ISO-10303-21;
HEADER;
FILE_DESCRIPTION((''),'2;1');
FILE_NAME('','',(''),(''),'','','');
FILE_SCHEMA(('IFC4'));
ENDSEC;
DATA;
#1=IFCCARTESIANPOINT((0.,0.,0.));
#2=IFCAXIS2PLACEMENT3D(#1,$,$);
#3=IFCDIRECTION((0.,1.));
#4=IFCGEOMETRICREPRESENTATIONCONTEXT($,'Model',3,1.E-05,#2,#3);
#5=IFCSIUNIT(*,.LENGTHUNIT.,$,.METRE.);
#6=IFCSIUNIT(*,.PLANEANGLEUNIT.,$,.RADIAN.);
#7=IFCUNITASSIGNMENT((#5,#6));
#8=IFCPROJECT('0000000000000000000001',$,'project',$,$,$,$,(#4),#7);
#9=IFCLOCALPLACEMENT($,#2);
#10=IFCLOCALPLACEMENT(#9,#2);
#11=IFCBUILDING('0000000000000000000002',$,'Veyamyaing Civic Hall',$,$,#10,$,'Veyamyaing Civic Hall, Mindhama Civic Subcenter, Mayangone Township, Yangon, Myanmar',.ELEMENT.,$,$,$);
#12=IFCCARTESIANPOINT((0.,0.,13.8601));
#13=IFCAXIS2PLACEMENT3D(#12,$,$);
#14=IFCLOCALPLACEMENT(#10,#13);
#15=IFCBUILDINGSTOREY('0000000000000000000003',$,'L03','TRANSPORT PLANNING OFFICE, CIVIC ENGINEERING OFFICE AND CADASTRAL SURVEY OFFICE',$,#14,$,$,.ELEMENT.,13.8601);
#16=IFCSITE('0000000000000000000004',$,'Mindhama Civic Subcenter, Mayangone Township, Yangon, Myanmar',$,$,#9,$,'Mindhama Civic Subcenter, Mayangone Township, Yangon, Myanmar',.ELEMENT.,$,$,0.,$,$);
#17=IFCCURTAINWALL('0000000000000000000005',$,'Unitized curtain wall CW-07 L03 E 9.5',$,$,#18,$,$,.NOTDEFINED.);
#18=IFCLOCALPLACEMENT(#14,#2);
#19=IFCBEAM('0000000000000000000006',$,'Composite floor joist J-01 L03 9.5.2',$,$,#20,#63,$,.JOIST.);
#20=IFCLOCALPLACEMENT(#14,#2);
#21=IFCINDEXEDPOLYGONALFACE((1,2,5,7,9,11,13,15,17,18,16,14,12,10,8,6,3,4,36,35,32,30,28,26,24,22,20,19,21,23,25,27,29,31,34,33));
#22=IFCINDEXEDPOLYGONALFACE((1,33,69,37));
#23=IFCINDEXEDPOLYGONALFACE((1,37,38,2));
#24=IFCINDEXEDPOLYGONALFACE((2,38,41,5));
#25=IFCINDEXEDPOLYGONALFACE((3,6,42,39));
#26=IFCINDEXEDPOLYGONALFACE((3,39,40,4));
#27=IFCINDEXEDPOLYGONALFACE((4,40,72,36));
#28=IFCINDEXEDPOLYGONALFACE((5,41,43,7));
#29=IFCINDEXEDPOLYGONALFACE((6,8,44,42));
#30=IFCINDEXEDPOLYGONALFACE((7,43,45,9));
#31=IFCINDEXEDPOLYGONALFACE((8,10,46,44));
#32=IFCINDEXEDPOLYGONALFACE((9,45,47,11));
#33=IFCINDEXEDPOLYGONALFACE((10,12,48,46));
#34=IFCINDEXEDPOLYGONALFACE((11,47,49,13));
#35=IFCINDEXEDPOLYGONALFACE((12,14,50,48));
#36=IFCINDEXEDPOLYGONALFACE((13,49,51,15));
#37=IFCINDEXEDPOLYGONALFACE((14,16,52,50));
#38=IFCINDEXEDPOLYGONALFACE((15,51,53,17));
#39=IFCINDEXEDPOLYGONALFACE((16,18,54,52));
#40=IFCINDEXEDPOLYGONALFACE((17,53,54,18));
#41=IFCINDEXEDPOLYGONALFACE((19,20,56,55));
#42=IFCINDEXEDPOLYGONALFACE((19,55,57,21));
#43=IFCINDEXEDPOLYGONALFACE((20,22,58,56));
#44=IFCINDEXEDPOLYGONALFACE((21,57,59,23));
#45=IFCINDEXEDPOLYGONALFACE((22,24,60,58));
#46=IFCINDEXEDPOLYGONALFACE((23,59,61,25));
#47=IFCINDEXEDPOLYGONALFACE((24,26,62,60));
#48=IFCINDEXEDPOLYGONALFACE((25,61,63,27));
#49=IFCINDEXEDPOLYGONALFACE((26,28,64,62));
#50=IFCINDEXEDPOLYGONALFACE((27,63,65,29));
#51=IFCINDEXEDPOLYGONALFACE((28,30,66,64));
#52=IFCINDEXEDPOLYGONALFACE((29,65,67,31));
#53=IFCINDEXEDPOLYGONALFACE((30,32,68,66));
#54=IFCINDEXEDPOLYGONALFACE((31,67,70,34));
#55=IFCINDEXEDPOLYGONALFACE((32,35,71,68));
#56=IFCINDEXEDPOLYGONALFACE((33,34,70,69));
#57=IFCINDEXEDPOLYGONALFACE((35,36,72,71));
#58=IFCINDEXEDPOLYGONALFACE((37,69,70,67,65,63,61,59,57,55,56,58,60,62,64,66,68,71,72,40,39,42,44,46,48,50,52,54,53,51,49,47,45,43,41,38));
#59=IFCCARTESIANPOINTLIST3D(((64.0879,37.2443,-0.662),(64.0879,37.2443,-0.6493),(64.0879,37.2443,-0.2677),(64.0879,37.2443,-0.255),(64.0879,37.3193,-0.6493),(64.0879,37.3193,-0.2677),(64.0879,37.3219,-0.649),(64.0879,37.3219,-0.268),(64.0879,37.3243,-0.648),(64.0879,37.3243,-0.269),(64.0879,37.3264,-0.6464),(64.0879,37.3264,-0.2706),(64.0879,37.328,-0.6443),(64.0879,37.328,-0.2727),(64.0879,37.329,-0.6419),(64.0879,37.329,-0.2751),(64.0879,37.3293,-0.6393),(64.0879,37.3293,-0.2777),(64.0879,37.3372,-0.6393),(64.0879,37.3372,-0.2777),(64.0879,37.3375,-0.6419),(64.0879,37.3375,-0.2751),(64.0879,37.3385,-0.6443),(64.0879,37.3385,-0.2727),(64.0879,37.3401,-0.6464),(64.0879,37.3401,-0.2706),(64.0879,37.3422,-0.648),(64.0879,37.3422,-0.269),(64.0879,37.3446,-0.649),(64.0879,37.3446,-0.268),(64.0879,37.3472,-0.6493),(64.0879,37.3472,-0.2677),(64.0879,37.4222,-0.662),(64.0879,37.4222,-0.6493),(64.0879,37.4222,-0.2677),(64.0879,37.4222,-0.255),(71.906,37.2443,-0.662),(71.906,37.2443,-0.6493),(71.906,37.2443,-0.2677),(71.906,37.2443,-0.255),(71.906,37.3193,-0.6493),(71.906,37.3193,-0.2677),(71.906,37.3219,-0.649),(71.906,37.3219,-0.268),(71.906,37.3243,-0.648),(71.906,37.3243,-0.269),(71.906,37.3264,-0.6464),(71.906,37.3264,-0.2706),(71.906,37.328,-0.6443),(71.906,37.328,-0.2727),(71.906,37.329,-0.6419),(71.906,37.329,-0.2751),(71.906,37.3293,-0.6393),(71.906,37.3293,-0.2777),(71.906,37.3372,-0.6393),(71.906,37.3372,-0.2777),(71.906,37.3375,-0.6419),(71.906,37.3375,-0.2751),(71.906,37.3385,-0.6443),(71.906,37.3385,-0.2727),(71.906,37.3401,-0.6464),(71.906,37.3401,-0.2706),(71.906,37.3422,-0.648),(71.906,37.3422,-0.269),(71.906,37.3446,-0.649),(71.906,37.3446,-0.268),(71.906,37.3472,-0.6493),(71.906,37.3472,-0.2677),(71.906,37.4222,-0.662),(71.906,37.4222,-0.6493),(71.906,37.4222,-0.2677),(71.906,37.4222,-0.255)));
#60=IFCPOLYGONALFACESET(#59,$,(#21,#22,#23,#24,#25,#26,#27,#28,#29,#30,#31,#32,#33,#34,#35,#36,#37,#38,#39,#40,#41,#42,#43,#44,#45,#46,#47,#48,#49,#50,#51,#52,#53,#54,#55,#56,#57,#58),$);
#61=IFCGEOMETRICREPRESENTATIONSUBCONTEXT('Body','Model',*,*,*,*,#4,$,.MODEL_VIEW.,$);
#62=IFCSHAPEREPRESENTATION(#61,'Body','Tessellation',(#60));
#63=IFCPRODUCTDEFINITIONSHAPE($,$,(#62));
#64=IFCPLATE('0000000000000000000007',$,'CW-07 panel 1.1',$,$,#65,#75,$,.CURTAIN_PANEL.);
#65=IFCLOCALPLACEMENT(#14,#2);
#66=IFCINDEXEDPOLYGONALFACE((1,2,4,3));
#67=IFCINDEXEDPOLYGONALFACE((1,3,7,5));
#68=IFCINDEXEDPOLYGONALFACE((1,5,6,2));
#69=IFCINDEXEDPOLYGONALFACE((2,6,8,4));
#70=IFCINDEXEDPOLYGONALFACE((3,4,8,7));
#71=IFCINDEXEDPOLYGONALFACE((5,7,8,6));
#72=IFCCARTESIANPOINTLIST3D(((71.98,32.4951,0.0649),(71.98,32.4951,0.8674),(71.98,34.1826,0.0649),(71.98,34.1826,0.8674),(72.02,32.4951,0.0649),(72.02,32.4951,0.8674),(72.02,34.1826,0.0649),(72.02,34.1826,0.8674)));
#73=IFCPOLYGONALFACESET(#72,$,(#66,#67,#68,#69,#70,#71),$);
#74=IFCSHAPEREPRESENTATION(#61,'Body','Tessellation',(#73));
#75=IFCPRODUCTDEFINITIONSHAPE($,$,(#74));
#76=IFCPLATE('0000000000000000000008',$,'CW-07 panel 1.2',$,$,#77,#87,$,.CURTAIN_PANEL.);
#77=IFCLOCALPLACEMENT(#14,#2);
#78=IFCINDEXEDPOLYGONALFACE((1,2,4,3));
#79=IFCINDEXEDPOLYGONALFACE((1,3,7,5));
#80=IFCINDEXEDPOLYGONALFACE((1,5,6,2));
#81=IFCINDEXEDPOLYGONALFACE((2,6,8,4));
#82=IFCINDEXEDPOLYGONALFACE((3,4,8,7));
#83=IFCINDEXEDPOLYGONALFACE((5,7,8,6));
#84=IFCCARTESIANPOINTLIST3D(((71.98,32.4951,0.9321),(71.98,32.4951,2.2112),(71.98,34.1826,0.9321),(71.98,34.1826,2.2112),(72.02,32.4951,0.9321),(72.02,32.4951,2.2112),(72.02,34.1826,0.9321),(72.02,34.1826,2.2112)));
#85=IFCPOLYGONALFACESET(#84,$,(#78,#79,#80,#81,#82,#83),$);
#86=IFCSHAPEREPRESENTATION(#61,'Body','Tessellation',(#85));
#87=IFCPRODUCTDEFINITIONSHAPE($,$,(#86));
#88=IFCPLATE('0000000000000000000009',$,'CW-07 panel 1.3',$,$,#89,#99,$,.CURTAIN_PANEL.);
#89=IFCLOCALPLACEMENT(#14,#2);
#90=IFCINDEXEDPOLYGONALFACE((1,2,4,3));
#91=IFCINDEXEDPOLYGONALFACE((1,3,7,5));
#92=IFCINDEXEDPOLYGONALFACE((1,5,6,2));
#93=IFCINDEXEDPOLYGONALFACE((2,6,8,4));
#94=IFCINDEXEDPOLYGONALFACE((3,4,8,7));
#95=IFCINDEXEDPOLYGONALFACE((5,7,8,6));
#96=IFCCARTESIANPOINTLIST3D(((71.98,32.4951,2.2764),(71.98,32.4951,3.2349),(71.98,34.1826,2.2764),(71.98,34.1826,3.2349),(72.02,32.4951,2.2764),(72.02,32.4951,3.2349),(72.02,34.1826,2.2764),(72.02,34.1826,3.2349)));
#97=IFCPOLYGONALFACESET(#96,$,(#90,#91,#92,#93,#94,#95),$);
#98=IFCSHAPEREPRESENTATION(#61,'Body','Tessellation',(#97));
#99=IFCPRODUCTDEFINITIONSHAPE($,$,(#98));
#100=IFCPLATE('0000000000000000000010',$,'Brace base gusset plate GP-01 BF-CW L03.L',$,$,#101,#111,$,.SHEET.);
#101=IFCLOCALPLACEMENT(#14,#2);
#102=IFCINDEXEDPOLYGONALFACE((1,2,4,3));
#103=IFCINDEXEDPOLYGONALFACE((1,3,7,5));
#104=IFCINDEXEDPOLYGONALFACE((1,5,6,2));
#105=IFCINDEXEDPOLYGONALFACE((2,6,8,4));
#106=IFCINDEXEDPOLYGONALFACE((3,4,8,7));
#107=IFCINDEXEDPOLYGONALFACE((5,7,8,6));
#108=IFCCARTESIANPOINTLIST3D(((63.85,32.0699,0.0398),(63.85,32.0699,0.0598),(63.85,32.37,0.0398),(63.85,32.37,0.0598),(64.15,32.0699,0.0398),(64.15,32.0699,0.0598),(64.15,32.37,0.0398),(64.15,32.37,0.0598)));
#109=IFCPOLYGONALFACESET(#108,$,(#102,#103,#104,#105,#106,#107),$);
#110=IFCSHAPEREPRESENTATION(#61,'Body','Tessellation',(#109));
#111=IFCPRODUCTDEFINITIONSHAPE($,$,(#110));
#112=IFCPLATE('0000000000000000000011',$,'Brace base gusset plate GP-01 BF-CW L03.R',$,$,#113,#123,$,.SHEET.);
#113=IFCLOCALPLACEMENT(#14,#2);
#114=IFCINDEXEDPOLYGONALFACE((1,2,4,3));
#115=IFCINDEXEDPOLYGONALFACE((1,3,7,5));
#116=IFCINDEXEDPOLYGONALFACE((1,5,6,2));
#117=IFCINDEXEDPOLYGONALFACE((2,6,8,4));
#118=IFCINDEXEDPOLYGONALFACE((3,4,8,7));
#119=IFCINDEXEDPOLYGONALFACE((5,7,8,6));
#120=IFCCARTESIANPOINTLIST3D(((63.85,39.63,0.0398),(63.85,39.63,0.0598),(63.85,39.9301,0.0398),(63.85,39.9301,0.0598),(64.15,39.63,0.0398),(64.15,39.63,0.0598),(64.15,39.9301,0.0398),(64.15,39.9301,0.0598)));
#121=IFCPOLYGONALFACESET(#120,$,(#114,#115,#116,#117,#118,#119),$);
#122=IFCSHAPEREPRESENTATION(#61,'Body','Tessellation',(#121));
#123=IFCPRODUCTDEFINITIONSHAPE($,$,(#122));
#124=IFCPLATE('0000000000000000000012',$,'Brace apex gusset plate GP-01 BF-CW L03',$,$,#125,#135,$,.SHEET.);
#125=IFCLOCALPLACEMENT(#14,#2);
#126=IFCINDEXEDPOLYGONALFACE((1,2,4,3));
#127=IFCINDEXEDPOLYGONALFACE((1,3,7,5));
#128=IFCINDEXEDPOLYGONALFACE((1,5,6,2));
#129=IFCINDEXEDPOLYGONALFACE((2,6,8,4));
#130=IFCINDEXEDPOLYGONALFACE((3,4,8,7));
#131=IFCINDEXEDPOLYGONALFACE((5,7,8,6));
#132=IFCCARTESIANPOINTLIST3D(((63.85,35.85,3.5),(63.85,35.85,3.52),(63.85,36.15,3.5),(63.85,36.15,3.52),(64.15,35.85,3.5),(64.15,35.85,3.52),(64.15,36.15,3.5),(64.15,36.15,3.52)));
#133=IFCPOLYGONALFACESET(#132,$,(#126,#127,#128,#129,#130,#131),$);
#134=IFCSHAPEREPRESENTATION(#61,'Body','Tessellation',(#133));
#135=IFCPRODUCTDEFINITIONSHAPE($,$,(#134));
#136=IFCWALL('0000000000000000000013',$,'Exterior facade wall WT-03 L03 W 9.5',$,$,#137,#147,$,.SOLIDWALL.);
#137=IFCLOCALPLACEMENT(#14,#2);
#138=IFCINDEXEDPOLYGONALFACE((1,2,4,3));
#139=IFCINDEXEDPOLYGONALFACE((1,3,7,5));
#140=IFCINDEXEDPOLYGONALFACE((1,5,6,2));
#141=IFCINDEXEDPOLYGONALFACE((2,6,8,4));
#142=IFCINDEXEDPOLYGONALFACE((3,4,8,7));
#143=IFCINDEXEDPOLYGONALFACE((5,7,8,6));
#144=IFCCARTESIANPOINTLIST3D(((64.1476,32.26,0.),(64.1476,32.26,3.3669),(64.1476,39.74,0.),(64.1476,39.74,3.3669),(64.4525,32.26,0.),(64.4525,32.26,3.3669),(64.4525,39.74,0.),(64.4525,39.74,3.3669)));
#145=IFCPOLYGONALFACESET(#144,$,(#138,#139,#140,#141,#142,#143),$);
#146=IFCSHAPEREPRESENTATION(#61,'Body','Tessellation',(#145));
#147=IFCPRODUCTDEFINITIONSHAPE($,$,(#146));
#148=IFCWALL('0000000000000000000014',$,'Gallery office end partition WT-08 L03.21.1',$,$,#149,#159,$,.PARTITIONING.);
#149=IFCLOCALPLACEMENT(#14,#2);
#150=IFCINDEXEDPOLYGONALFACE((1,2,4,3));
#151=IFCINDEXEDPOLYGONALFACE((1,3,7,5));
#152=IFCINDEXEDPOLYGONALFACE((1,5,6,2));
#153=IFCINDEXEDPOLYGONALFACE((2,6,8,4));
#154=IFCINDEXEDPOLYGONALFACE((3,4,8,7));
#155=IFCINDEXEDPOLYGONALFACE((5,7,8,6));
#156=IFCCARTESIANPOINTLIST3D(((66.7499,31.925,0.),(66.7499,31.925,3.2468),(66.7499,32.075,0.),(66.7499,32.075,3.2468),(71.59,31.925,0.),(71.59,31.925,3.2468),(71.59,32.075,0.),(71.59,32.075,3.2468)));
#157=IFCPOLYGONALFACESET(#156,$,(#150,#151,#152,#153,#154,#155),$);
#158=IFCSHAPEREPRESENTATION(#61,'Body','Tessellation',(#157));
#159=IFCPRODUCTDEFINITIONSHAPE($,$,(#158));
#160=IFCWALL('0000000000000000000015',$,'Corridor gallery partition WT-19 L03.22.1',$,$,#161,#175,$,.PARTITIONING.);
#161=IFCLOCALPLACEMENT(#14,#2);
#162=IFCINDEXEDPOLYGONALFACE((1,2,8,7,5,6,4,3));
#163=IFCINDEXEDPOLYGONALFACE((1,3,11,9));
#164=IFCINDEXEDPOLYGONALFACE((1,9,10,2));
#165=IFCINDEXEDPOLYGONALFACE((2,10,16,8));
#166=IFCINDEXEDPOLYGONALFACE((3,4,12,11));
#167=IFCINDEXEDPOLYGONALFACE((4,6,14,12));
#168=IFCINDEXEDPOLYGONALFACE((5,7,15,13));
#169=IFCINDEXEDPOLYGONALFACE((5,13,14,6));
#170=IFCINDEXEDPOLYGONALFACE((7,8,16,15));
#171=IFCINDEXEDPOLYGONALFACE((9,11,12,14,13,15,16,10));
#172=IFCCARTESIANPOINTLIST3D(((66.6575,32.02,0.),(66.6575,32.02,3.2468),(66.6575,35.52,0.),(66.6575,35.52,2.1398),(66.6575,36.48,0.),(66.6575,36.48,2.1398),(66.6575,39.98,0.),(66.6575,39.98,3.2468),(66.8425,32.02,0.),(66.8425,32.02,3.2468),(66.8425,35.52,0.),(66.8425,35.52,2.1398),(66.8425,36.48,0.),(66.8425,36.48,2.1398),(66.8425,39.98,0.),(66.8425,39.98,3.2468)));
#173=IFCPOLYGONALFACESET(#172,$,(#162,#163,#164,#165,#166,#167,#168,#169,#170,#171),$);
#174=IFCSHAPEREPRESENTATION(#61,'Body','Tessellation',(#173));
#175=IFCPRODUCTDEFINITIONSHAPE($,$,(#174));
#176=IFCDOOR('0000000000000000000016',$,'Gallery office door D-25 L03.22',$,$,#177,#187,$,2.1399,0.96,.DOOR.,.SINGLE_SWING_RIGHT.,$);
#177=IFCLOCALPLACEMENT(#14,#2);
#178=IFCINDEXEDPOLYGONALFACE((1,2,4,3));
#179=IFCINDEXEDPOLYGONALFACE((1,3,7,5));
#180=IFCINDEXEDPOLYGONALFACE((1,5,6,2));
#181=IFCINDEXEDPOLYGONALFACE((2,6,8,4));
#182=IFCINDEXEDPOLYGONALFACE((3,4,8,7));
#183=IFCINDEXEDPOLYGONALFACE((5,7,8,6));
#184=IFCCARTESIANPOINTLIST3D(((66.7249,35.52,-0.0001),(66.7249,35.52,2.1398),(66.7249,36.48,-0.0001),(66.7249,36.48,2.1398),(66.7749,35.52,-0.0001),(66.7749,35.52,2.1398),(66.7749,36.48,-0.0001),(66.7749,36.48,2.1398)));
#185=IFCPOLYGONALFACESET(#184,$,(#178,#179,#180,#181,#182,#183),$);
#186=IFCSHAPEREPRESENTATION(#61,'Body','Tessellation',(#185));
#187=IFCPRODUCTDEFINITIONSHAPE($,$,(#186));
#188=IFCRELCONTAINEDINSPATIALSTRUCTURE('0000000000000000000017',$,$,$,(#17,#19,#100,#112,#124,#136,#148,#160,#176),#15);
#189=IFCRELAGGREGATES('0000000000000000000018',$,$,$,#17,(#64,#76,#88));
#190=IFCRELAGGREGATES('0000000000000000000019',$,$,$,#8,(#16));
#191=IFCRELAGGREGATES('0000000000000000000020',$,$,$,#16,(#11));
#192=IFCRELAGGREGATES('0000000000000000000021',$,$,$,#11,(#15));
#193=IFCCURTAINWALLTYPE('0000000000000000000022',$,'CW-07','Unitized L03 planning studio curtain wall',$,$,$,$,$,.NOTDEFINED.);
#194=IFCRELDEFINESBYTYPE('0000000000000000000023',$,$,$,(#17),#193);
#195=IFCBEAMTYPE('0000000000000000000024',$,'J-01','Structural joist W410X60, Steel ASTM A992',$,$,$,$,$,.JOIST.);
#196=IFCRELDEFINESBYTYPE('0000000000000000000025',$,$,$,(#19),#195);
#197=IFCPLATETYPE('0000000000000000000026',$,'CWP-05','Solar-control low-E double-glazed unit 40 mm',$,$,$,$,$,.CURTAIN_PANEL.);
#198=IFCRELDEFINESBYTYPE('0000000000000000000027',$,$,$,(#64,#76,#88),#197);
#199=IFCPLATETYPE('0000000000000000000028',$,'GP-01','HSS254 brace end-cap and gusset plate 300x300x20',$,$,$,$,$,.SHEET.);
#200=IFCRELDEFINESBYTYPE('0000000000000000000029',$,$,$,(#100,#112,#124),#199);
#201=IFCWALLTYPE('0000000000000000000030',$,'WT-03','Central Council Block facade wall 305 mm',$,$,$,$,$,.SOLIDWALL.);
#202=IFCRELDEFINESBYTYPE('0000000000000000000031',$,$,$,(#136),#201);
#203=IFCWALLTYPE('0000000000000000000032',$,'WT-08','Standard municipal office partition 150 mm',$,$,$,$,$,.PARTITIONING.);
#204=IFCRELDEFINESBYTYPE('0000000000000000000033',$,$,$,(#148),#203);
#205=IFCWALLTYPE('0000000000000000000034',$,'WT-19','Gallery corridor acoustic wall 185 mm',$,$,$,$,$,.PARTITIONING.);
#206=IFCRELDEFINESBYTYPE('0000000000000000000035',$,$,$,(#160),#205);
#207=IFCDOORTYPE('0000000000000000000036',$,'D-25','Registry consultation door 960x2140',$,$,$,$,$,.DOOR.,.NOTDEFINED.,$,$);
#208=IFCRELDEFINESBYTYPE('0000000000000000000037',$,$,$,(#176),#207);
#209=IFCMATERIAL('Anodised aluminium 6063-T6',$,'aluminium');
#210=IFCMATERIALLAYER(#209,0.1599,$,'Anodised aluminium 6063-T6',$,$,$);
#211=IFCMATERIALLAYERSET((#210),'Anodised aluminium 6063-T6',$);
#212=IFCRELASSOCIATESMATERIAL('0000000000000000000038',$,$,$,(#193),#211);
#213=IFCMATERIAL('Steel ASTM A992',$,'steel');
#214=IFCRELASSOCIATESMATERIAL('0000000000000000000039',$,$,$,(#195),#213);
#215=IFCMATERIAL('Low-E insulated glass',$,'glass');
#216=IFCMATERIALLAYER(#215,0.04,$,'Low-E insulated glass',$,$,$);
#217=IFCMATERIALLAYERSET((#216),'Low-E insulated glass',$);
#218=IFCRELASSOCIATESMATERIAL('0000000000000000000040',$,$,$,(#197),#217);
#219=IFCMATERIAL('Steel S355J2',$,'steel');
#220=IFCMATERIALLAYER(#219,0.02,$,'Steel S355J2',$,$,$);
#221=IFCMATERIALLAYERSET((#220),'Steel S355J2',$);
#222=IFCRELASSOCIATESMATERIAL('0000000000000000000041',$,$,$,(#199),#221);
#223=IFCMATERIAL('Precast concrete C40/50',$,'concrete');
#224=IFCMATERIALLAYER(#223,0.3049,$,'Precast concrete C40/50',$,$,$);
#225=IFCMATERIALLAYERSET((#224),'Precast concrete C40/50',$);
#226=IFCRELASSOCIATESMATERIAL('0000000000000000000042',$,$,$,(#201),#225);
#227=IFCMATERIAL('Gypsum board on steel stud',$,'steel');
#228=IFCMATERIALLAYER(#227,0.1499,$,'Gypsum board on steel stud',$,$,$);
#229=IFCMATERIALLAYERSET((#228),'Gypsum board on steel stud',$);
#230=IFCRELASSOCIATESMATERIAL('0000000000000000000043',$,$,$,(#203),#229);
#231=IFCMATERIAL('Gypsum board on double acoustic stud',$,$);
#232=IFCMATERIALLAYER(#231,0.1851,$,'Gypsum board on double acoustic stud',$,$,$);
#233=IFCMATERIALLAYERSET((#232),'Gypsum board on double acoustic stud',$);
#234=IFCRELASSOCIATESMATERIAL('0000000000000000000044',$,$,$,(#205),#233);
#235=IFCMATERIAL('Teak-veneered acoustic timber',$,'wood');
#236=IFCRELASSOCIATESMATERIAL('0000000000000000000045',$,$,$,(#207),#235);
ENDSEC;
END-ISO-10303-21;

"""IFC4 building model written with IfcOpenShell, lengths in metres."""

from ifc_helpers import new_model, si_unit, direction, frame, frame_2d, origin, origin_2d, place, context, subcontext, project, spatial, rectangle, i_section, extrude, material, layer, layer_set, material_profile, profile_set, type_object, element, fill, aggregate, save


model = new_model("IFC4")

# Units and contexts
model_context = context("Model", 3, precision=1e-05, world=origin(), true_north=direction((0.0, 1.0)))
body_context = subcontext(model_context, "Body", "Model", "MODEL_VIEW")
ifc_project = project(units=[si_unit("LENGTHUNIT", "METRE"), si_unit("PLANEANGLEUNIT", "RADIAN")], contexts=[model_context])

# Site, building, storey
site_placement = place(None, origin())
site = spatial("IfcSite", under=ifc_project, at=site_placement, Name="Mindhama Civic Subcenter, Mayangone Township, Yangon, Myanmar", LongName="Mindhama Civic Subcenter, Mayangone Township, Yangon, Myanmar", CompositionType="ELEMENT", RefElevation=0.0)
building_placement = place(site_placement, origin())
building = spatial("IfcBuilding", under=site, at=building_placement, Name="Veyamyaing Civic Hall", LongName="Veyamyaing Civic Hall, Mindhama Civic Subcenter, Mayangone Township, Yangon, Myanmar", CompositionType="ELEMENT")
storey_placement = place(building_placement, frame((0.0, 0.0, 13.8601)))
storey = spatial("IfcBuildingStorey", under=building, at=storey_placement, Name="L03", Description="TRANSPORT PLANNING OFFICE, CIVIC ENGINEERING OFFICE AND CADASTRAL SURVEY OFFICE", CompositionType="ELEMENT", Elevation=13.8601)

# Shared definitions
ifc_material_1 = material(Name="Steel ASTM A992", Category="steel")

# Shared definitions
ifc_material_2 = material(Name="Steel S355J2", Category="steel")

# Curtain wall
ifc_material_3 = material(Name="Anodised aluminium 6063-T6", Category="aluminium")
ifc_layer_1 = layer(ifc_material_3, 0.1599, Name="Anodised aluminium 6063-T6")
ifc_layer_set_1 = layer_set([ifc_layer_1], Name="Anodised aluminium 6063-T6")
curtain_wall_type_1 = type_object("IfcCurtainWallType", Name="CW-07", Description="Unitized L03 planning studio curtain wall", PredefinedType="NOTDEFINED", material=ifc_layer_set_1)
curtain_wall_1_placement = place(storey_placement, origin())
curtain_wall_1 = element("IfcCurtainWall", 1, at=curtain_wall_1_placement, inside=storey, type_object=curtain_wall_type_1, Name="Unitized curtain wall CW-07 L03 E 9.5", PredefinedType="NOTDEFINED")

# Beam
ifc_material_profile_1 = material_profile(ifc_material_1, i_section(OverallWidth=0.178, OverallDepth=0.407, WebThickness=0.0078, FlangeThickness=0.0127, FilletRadius=0.01, at=origin_2d()), Name="W410X60")
ifc_profile_set_1 = profile_set([ifc_material_profile_1], Name="Steel ASTM A992")
beam_type_1 = type_object("IfcBeamType", Name="J-01", Description="Structural joist W410X60, Steel ASTM A992", PredefinedType="JOIST", material=ifc_profile_set_1)
for number, where, z_axis, x_axis, name in (
    (2, (64.0879, 37.3333, -0.4585), (1.0, 0.0, 0.0), (0.0, 1.0, 0.0), "Composite floor joist J-01 L03 9.5.2"),
):
    element("IfcBeam", number, at=place(storey_placement, frame(where, z_axis=z_axis, x_axis=x_axis)), inside=storey, type_object=beam_type_1, Name=name, PredefinedType="JOIST", context=body_context, shape_type="SweptSolid", body=[
        extrude(i_section(OverallWidth=0.178, OverallDepth=0.407, WebThickness=0.0078, FlangeThickness=0.0127, FilletRadius=0.01, at=origin_2d()), origin(), (0.0, 0.0, 1.0), 7.8181),
    ])

# Plates
ifc_material_4 = material(Name="Low-E insulated glass", Category="glass")
ifc_layer_2 = layer(ifc_material_4, 0.04, Name="Low-E insulated glass")
ifc_layer_set_2 = layer_set([ifc_layer_2], Name="Low-E insulated glass")
plate_type_1 = type_object("IfcPlateType", Name="CWP-05", Description="Solar-control low-E double-glazed unit 40 mm", PredefinedType="CURTAIN_PANEL", material=ifc_layer_set_2)
plate_1_placement = place(storey_placement, frame((72.0, 33.3389, 0.0649), z_axis=(0.0, 0.0, 1.0), x_axis=(0.0, 1.0, 0.0)))
plate_1 = element("IfcPlate", 3, at=plate_1_placement, type_object=plate_type_1, Name="CW-07 panel 1.1", PredefinedType="CURTAIN_PANEL", context=body_context, shape_type="SweptSolid", body=[
    extrude(rectangle(XDim=1.6875, YDim=0.04, at=origin_2d()), origin(), (0.0, 0.0, 1.0), 0.8025),
])
plate_2_placement = place(storey_placement, frame((72.0, 33.3389, 0.9321), z_axis=(0.0, 0.0, 1.0), x_axis=(0.0, 1.0, 0.0)))
plate_2 = element("IfcPlate", 4, at=plate_2_placement, type_object=plate_type_1, Name="CW-07 panel 1.2", PredefinedType="CURTAIN_PANEL", context=body_context, shape_type="SweptSolid", body=[
    extrude(rectangle(XDim=1.6875, YDim=0.04, at=origin_2d()), origin(), (0.0, 0.0, 1.0), 1.2791),
])
plate_3_placement = place(storey_placement, frame((72.0, 33.3389, 2.2764), z_axis=(0.0, 0.0, 1.0), x_axis=(0.0, 1.0, 0.0)))
plate_3 = element("IfcPlate", 5, at=plate_3_placement, type_object=plate_type_1, Name="CW-07 panel 1.3", PredefinedType="CURTAIN_PANEL", context=body_context, shape_type="SweptSolid", body=[
    extrude(rectangle(XDim=1.6875, YDim=0.04, at=origin_2d()), origin(), (0.0, 0.0, 1.0), 0.9585),
])
aggregate(curtain_wall_1, [plate_1, plate_2, plate_3])

# Plates
ifc_layer_3 = layer(ifc_material_2, 0.02, Name="Steel S355J2")
ifc_layer_set_3 = layer_set([ifc_layer_3], Name="Steel S355J2")
plate_type_2 = type_object("IfcPlateType", Name="GP-01", Description="HSS254 brace end-cap and gusset plate 300x300x20", PredefinedType="SHEET", material=ifc_layer_set_3)
for number, where, z_axis, x_axis, name in (
    (6, (64.0, 32.22, 0.0398), (0.0, 0.0, 1.0), (1.0, 0.0, 0.0), "Brace base gusset plate GP-01 BF-CW L03.L"),
    (7, (64.0, 39.78, 0.0398), (0.0, 0.0, 1.0), (1.0, 0.0, 0.0), "Brace base gusset plate GP-01 BF-CW L03.R"),
    (8, (64.0, 36.0, 3.5), (0.0, 0.0, 1.0), (1.0, 0.0, 0.0), "Brace apex gusset plate GP-01 BF-CW L03"),
):
    element("IfcPlate", number, at=place(storey_placement, frame(where, z_axis=z_axis, x_axis=x_axis)), inside=storey, type_object=plate_type_2, Name=name, PredefinedType="SHEET", context=body_context, shape_type="SweptSolid", body=[
        extrude(rectangle(XDim=0.3, YDim=0.3, at=origin_2d()), origin(), (0.0, 0.0, 1.0), 0.02),
    ])

# Walls
ifc_material_5 = material(Name="Precast concrete C40/50", Category="concrete")
ifc_layer_4 = layer(ifc_material_5, 0.3049, Name="Precast concrete C40/50")
ifc_layer_set_4 = layer_set([ifc_layer_4], Name="Precast concrete C40/50")
wall_type_1 = type_object("IfcWallType", Name="WT-03", Description="Central Council Block facade wall 305 mm", PredefinedType="SOLIDWALL", material=ifc_layer_set_4)
wall_1_placement = place(storey_placement, frame((64.3, 32.26, 0.0), z_axis=(0.0, 0.0, 1.0), x_axis=(0.0, 1.0, 0.0)))
element("IfcWall", 9, at=wall_1_placement, inside=storey, type_object=wall_type_1, Name="Exterior facade wall WT-03 L03 W 9.5", PredefinedType="SOLIDWALL", context=body_context, shape_type="SweptSolid", body=[
    extrude(rectangle(XDim=7.48, YDim=0.3049, at=frame_2d((3.74, 0.0))), origin(), (0.0, 0.0, 1.0), 3.3669),
])
ifc_material_6 = material(Name="Gypsum board on steel stud", Category="steel")
ifc_layer_5 = layer(ifc_material_6, 0.1499, Name="Gypsum board on steel stud")
ifc_layer_set_5 = layer_set([ifc_layer_5], Name="Gypsum board on steel stud")
wall_type_2 = type_object("IfcWallType", Name="WT-08", Description="Standard municipal office partition 150 mm", PredefinedType="PARTITIONING", material=ifc_layer_set_5)
wall_2_placement = place(storey_placement, frame((66.75, 32.0, 0.0), z_axis=(0.0, 0.0, 1.0), x_axis=(1.0, 0.0, 0.0)))
element("IfcWall", 10, at=wall_2_placement, inside=storey, type_object=wall_type_2, Name="Gallery office end partition WT-08 L03.21.1", PredefinedType="PARTITIONING", context=body_context, shape_type="SweptSolid", body=[
    extrude(rectangle(XDim=4.8401, YDim=0.1499, at=frame_2d((2.4199, 0.0))), origin(), (0.0, 0.0, 1.0), 3.2468),
])

# Wall, opening, door
ifc_material_7 = material(Name="Gypsum board on double acoustic stud")
ifc_layer_6 = layer(ifc_material_7, 0.1851, Name="Gypsum board on double acoustic stud")
ifc_layer_set_6 = layer_set([ifc_layer_6], Name="Gypsum board on double acoustic stud")
wall_type_3 = type_object("IfcWallType", Name="WT-19", Description="Gallery corridor acoustic wall 185 mm", PredefinedType="PARTITIONING", material=ifc_layer_set_6)
wall_3_placement = place(storey_placement, frame((66.75, 32.02, 0.0), z_axis=(0.0, 0.0, 1.0), x_axis=(0.0, 1.0, 0.0)))
wall_3 = element("IfcWall", 11, at=wall_3_placement, inside=storey, type_object=wall_type_3, Name="Corridor gallery partition WT-19 L03.22.1", PredefinedType="PARTITIONING", context=body_context, shape_type="SweptSolid", body=[
    extrude(rectangle(XDim=7.96, YDim=0.1851, at=frame_2d((3.98, 0.0))), origin(), (0.0, 0.0, 1.0), 3.2468),
])
opening_placement = place(wall_3_placement, frame((3.5, 0.0, 0.0)))
opening = element("IfcOpeningElement", 12, at=opening_placement, cuts=wall_3, PredefinedType="OPENING", context=body_context, shape_type="SweptSolid", body=[
    extrude(rectangle(XDim=0.96, YDim=2.1399, at=frame_2d((0.48, 1.0698))), frame((0.0, 0.1025, 0.0), z_axis=(0.0, -1.0, 0.0), x_axis=(1.0, 0.0, 0.0)), (0.0, 0.0, 1.0), 0.2051),
])
ifc_material_8 = material(Name="Teak-veneered acoustic timber", Category="wood")
door_type = type_object("IfcDoorType", Name="D-25", Description="Registry consultation door 960x2140", OperationType="NOTDEFINED", PredefinedType="DOOR", material=ifc_material_8)
door_placement = place(opening_placement, frame((0.96, 0.0, 0.0), z_axis=(0.0, 0.0, 1.0), x_axis=(-1.0, 0.0, 0.0)))
door = element("IfcDoor", 13, at=door_placement, inside=storey, type_object=door_type, Name="Gallery office door D-25 L03.22", OperationType="SINGLE_SWING_RIGHT", OverallHeight=2.1399, OverallWidth=0.96, PredefinedType="DOOR", context=body_context, shape_type="SweptSolid", body=[
    extrude(rectangle(XDim=0.96, YDim=2.1399, at=frame_2d((0.48, 1.0698))), frame((0.0, 0.0249, 0.0), z_axis=(0.0, -1.0, 0.0), x_axis=(1.0, 0.0, 0.0)), (0.0, 0.0, 1.0), 0.05),
])
fill(opening, door)

save(model, "model.ifc")
